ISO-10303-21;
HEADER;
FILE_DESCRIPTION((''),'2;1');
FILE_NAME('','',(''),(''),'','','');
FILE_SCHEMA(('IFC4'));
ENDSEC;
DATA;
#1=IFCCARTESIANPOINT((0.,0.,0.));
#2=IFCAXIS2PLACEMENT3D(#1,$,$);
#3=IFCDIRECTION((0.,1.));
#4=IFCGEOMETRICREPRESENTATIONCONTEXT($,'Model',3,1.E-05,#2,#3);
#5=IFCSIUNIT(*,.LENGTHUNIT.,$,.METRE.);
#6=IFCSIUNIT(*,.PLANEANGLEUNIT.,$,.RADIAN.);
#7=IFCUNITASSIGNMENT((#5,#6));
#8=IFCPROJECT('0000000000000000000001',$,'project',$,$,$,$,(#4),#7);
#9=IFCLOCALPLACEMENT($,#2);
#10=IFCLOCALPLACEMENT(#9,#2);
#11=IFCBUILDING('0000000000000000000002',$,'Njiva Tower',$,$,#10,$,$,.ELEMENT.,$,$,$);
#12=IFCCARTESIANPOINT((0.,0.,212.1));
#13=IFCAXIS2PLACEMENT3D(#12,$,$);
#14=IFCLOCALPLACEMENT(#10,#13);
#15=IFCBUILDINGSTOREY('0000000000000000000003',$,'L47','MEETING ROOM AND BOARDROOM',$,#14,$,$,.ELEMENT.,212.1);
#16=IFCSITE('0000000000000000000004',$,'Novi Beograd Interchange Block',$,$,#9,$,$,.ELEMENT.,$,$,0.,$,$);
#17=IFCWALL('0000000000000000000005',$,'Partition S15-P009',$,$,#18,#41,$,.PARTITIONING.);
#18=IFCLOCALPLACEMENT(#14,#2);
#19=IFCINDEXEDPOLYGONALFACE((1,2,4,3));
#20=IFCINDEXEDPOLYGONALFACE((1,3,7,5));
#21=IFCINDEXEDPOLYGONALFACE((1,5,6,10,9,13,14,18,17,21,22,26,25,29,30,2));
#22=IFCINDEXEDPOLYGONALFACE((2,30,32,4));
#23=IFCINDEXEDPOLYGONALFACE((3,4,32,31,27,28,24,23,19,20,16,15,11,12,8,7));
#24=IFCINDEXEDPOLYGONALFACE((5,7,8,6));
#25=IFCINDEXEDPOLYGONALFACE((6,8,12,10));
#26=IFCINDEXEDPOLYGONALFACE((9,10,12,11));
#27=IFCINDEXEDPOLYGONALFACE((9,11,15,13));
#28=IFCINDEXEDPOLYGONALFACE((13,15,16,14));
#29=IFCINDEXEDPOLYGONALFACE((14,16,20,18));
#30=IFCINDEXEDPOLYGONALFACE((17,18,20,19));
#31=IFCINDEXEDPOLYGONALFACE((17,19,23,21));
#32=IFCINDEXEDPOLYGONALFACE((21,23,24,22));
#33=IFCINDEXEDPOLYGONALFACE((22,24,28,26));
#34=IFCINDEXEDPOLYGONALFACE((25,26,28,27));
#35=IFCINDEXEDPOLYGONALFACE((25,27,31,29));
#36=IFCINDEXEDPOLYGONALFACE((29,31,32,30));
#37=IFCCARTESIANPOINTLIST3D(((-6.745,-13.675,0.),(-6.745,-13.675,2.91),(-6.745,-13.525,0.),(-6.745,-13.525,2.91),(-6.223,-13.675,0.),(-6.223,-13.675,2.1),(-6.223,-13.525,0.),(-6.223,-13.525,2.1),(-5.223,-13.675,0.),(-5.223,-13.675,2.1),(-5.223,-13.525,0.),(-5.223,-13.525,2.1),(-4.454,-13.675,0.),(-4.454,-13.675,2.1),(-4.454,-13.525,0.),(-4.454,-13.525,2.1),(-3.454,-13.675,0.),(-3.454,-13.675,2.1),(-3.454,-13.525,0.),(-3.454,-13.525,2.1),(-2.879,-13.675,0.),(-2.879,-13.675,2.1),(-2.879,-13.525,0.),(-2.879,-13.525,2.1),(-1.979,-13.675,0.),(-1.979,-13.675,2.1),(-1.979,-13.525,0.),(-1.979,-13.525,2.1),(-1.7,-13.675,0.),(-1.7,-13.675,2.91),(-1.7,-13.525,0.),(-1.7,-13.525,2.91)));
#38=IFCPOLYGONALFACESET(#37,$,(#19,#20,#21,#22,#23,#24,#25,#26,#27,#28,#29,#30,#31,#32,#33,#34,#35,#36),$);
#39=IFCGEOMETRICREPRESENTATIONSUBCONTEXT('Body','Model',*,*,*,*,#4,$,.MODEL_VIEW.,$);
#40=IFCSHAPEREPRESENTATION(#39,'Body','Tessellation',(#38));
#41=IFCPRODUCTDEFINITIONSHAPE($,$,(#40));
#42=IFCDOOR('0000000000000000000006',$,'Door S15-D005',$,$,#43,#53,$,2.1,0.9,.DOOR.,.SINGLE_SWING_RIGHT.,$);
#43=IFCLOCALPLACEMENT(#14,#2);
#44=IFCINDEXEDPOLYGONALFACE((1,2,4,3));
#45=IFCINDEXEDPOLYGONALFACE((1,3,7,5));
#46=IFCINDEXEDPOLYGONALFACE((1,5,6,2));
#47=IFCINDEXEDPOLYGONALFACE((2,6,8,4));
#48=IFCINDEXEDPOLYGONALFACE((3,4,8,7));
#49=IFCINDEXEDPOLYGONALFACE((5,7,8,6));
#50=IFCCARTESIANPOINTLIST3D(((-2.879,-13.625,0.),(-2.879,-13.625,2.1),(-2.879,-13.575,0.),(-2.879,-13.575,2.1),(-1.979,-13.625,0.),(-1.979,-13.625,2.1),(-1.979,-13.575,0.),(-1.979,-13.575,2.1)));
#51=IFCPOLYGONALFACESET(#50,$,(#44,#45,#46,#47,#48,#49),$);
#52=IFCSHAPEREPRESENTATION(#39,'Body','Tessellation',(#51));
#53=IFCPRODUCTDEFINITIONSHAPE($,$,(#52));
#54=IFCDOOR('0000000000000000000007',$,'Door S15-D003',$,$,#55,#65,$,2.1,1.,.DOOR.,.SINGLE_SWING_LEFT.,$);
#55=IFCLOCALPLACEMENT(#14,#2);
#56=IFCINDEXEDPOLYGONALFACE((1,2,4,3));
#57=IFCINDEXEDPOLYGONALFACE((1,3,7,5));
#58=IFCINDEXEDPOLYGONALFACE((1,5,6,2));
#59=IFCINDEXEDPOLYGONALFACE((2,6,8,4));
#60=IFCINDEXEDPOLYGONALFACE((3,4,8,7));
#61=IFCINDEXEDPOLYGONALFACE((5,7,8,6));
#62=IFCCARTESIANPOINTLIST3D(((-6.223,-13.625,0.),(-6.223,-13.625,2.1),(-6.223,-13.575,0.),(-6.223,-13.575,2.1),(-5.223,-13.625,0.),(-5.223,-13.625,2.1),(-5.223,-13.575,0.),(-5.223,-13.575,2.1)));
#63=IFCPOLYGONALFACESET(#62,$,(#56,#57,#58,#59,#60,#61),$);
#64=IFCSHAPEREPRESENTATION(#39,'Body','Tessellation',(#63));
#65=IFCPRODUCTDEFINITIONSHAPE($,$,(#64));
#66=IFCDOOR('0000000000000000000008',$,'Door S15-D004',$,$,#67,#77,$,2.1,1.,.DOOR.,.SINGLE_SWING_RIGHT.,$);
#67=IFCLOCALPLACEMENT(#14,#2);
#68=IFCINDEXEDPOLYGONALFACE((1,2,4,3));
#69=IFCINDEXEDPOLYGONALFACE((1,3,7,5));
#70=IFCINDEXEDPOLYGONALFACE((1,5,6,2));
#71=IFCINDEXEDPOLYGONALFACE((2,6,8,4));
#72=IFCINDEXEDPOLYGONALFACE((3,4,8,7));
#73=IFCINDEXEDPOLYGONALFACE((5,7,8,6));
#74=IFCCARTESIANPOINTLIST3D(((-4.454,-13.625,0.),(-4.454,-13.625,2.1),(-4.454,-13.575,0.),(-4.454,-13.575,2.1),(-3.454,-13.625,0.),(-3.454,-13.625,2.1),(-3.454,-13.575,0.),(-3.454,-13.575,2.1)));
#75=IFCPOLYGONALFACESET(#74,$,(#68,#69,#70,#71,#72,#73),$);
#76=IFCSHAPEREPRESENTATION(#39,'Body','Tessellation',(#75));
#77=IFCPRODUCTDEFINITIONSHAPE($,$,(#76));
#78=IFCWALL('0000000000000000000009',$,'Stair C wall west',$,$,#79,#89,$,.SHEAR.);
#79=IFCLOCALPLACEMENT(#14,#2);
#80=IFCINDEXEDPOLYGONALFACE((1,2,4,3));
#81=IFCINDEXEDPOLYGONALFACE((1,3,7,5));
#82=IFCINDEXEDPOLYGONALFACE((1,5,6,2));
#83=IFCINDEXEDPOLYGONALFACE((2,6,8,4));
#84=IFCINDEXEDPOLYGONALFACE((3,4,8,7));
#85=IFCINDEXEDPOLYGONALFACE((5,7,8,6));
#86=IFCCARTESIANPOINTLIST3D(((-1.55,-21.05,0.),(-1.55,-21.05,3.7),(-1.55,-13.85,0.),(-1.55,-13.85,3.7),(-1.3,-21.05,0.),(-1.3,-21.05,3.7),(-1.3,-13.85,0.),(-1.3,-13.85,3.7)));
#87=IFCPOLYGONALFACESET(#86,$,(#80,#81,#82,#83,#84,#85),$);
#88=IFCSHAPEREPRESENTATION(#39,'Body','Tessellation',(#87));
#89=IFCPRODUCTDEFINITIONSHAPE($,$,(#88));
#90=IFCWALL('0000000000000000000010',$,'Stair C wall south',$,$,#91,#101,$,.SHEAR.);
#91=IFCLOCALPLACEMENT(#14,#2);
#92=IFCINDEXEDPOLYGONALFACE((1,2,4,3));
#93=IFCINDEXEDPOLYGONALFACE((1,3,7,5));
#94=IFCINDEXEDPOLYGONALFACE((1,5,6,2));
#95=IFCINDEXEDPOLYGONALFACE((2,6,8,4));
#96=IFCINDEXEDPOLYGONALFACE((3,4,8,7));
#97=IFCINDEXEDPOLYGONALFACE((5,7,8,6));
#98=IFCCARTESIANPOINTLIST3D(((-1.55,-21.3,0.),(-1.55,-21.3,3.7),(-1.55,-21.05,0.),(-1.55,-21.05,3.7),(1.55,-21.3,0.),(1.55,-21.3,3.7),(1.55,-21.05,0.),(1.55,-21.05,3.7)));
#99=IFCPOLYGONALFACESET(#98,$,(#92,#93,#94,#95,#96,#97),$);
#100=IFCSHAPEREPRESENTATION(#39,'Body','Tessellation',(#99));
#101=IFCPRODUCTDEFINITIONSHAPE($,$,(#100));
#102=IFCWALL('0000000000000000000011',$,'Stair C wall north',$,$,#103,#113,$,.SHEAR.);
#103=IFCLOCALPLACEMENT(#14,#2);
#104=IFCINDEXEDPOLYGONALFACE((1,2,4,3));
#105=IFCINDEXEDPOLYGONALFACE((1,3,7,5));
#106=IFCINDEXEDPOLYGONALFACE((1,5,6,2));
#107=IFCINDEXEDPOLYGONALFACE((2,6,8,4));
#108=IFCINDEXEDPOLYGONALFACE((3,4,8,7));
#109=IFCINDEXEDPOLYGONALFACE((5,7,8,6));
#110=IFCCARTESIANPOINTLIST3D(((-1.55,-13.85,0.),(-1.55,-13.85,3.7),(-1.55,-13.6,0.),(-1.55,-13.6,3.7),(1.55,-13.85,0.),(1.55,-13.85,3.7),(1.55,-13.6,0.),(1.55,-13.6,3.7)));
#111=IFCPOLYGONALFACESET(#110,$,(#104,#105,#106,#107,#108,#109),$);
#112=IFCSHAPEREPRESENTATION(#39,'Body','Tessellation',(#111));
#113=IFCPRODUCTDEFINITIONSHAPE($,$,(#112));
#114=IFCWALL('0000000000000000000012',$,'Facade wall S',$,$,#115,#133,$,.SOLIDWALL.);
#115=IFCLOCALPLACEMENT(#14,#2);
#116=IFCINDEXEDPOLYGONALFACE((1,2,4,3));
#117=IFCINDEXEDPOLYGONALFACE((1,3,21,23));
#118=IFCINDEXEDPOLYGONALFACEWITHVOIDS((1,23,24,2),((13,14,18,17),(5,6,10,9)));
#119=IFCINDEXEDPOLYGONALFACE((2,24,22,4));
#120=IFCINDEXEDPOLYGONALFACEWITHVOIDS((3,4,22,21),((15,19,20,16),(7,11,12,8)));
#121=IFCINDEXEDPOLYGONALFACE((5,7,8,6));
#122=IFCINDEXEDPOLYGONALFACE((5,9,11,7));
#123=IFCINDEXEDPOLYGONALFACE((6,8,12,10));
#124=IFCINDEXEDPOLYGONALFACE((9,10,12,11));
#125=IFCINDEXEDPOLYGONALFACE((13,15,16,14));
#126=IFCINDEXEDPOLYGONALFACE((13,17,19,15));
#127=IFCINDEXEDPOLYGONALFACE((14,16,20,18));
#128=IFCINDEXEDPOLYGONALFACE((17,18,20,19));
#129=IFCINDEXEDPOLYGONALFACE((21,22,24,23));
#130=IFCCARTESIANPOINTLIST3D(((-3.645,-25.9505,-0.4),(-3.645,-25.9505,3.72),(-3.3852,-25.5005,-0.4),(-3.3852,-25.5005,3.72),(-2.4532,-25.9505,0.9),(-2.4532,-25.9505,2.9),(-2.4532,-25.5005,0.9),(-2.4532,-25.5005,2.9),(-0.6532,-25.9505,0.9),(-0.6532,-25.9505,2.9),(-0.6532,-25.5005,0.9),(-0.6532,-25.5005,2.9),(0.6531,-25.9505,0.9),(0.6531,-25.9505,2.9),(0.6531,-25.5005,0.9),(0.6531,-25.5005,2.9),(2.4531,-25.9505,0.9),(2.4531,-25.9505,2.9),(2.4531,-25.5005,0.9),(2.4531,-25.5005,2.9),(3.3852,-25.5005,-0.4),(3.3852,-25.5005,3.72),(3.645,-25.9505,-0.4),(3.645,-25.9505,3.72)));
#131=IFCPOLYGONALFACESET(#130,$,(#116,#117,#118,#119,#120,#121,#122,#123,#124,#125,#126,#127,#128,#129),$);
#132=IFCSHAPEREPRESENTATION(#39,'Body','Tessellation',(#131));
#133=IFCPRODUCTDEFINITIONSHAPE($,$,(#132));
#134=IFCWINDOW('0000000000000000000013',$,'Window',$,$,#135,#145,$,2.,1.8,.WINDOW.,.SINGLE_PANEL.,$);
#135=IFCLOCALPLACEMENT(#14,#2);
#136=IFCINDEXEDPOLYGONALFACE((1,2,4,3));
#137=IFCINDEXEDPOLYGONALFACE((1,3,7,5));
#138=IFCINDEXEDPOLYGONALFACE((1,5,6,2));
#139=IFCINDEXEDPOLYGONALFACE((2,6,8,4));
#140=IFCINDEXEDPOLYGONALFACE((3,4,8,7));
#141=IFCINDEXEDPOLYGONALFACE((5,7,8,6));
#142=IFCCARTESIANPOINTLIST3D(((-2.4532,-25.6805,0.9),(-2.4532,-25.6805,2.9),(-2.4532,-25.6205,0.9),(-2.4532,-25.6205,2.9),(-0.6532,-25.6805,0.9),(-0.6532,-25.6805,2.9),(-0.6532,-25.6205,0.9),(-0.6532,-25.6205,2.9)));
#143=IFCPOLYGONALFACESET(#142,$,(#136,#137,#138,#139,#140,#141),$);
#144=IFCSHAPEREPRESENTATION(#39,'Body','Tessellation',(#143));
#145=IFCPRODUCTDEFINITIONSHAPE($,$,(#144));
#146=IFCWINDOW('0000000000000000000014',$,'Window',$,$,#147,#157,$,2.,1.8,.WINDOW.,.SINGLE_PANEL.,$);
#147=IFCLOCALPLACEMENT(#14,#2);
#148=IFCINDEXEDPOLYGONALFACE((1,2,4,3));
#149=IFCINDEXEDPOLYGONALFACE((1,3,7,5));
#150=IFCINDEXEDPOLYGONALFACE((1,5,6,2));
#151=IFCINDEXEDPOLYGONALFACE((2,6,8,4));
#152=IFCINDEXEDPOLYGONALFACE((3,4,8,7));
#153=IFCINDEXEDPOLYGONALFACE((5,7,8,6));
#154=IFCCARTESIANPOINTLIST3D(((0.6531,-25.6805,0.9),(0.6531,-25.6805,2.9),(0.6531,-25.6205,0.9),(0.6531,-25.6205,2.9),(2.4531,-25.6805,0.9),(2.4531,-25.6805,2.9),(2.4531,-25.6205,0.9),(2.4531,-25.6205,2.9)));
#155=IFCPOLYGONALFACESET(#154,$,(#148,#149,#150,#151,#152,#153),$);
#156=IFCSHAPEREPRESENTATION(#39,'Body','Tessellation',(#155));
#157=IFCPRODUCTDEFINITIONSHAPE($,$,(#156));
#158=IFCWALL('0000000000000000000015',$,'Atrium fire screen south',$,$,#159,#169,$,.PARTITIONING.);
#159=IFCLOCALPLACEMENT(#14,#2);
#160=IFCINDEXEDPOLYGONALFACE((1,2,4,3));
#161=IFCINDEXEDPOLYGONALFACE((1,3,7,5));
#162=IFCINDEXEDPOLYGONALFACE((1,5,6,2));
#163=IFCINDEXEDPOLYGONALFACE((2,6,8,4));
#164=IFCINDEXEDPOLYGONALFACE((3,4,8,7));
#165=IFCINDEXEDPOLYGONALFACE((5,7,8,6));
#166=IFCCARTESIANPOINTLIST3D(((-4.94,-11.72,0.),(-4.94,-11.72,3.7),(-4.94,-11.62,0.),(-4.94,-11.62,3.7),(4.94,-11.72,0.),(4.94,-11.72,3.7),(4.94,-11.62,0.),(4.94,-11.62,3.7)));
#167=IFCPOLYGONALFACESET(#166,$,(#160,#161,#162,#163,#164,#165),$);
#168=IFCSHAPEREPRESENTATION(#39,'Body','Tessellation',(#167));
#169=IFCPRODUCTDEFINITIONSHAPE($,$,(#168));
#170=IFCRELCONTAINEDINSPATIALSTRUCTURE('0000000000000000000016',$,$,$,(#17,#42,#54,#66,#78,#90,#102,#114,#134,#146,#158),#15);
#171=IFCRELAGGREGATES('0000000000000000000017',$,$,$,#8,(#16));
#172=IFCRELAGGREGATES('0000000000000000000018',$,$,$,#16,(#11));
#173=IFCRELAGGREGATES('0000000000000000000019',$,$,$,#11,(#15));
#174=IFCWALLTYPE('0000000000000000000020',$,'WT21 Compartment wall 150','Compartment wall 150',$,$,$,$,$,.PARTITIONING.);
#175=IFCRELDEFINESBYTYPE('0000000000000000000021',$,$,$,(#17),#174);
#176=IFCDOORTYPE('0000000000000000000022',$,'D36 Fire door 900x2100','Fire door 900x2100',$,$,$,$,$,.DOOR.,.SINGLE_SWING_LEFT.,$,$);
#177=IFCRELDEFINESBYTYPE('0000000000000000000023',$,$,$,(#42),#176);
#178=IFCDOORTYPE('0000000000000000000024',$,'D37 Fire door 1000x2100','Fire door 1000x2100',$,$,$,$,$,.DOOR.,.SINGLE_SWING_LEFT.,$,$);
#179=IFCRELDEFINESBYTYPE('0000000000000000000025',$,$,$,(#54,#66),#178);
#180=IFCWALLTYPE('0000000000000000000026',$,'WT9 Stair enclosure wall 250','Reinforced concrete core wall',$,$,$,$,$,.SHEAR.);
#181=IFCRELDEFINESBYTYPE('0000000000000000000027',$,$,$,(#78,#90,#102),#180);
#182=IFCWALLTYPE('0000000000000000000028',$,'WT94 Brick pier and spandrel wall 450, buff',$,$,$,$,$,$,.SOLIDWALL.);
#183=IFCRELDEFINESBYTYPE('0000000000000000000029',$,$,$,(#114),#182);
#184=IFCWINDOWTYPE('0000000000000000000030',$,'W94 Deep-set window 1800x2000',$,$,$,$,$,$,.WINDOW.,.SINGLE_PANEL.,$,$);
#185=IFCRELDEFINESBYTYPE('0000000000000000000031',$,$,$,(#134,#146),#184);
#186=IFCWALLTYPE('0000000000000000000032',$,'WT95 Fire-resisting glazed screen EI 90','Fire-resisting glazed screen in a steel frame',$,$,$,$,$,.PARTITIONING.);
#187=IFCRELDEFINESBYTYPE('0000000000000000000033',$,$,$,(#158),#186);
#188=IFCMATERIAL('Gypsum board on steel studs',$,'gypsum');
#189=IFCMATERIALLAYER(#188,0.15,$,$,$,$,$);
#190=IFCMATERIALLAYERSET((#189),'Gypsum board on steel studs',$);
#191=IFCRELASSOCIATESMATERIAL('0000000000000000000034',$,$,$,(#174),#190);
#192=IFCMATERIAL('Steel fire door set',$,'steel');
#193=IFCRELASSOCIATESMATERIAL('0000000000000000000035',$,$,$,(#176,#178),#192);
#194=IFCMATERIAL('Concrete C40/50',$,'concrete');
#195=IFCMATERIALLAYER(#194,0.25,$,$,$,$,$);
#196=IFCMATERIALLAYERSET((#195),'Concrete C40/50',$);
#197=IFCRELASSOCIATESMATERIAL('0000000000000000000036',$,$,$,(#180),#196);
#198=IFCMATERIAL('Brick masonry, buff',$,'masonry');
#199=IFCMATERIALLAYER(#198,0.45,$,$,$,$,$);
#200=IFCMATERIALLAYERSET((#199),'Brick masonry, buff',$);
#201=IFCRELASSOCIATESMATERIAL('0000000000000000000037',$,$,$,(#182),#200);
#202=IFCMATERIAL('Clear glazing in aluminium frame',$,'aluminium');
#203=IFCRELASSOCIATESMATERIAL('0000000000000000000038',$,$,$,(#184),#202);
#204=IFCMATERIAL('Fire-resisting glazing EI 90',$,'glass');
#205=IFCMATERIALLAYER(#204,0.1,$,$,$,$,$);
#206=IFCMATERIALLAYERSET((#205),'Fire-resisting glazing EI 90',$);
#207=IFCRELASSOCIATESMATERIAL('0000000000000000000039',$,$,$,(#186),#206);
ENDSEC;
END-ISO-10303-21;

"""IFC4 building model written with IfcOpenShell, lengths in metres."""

from ifc_helpers import new_model, si_unit, direction, frame, frame_2d, origin, place, context, subcontext, project, spatial, polyline, rectangle, outline, extrude, material, layer, layer_set, type_object, element, fill, save


model = new_model("IFC4")

# Units and contexts
model_context = context("Model", 3, precision=1e-05, world=origin(), true_north=direction((0.0, 1.0)))
body_context = subcontext(model_context, "Body", "Model", "MODEL_VIEW")
ifc_project = project(units=[si_unit("LENGTHUNIT", "METRE"), si_unit("PLANEANGLEUNIT", "RADIAN")], contexts=[model_context])

# Site, building, storey
site_placement = place(None, origin())
site = spatial("IfcSite", under=ifc_project, at=site_placement, Name="Novi Beograd Interchange Block", CompositionType="ELEMENT", RefElevation=0.0)
building_placement = place(site_placement, origin())
building = spatial("IfcBuilding", under=site, at=building_placement, Name="Njiva Tower", CompositionType="ELEMENT")
storey_placement = place(building_placement, frame((0.0, 0.0, 212.1)))
storey = spatial("IfcBuildingStorey", under=building, at=storey_placement, Name="L47", Description="MEETING ROOM AND BOARDROOM", CompositionType="ELEMENT", Elevation=212.1)

# Shared definitions
ifc_material_1 = material(Name="Gypsum board on steel studs", Category="gypsum")
ifc_layer_1 = layer(ifc_material_1, 0.15)
ifc_layer_set_1 = layer_set([ifc_layer_1], Name="Gypsum board on steel studs")
wall_type_1 = type_object("IfcWallType", Name="WT21 Compartment wall 150", Description="Compartment wall 150", PredefinedType="PARTITIONING", material=ifc_layer_set_1)

# Wall, openings, doors
wall_1_placement = place(storey_placement, frame((-6.745, -13.6, 0.0), z_axis=(0.0, 0.0, 1.0), x_axis=(1.0, 0.0, 0.0)))
wall_1 = element("IfcWall", 1, at=wall_1_placement, inside=storey, type_object=wall_type_1, Name="Partition S15-P009", PredefinedType="PARTITIONING", context=body_context, shape_type="SweptSolid", body=[
    extrude(rectangle(XDim=5.045, YDim=0.15, at=frame_2d((2.5225, 0.0))), origin(), (0.0, 0.0, 1.0), 2.91),
])
opening_1_placement = place(wall_1_placement, frame((0.522, 0.0, 0.0)))
opening_1 = element("IfcOpeningElement", 2, at=opening_1_placement, cuts=wall_1, PredefinedType="OPENING", context=body_context, shape_type="SweptSolid", body=[
    extrude(rectangle(XDim=1.0, YDim=2.1, at=frame_2d((0.5, 1.05))), frame((0.0, 0.085, 0.0), z_axis=(0.0, -1.0, 0.0), x_axis=(1.0, 0.0, 0.0)), (0.0, 0.0, 1.0), 0.17),
])
opening_2_placement = place(wall_1_placement, frame((2.291, 0.0, 0.0)))
opening_2 = element("IfcOpeningElement", 3, at=opening_2_placement, cuts=wall_1, PredefinedType="OPENING", context=body_context, shape_type="SweptSolid", body=[
    extrude(rectangle(XDim=1.0, YDim=2.1, at=frame_2d((0.5, 1.05))), frame((0.0, 0.085, 0.0), z_axis=(0.0, -1.0, 0.0), x_axis=(1.0, 0.0, 0.0)), (0.0, 0.0, 1.0), 0.17),
])
opening_3_placement = place(wall_1_placement, frame((3.866, 0.0, 0.0)))
opening_3 = element("IfcOpeningElement", 4, at=opening_3_placement, cuts=wall_1, PredefinedType="OPENING", context=body_context, shape_type="SweptSolid", body=[
    extrude(rectangle(XDim=0.9, YDim=2.1, at=frame_2d((0.45, 1.05))), frame((0.0, 0.085, 0.0), z_axis=(0.0, -1.0, 0.0), x_axis=(1.0, 0.0, 0.0)), (0.0, 0.0, 1.0), 0.17),
])
ifc_material_2 = material(Name="Steel fire door set", Category="steel")
door_type_1 = type_object("IfcDoorType", Name="D36 Fire door 900x2100", Description="Fire door 900x2100", OperationType="SINGLE_SWING_LEFT", PredefinedType="DOOR", material=ifc_material_2)
door_1_placement = place(opening_3_placement, origin())
door_1 = element("IfcDoor", 5, at=door_1_placement, inside=storey, type_object=door_type_1, Name="Door S15-D005", OperationType="SINGLE_SWING_RIGHT", OverallHeight=2.1, OverallWidth=0.9, PredefinedType="DOOR", context=body_context, shape_type="SweptSolid", body=[
    extrude(rectangle(XDim=0.9, YDim=2.1, at=frame_2d((0.45, 1.05))), frame((0.0, 0.025, 0.0), z_axis=(0.0, -1.0, 0.0), x_axis=(1.0, 0.0, 0.0)), (0.0, 0.0, 1.0), 0.05),
])
fill(opening_3, door_1)
door_type_2 = type_object("IfcDoorType", Name="D37 Fire door 1000x2100", Description="Fire door 1000x2100", OperationType="SINGLE_SWING_LEFT", PredefinedType="DOOR", material=ifc_material_2)
door_2_placement = place(opening_1_placement, origin())
door_2 = element("IfcDoor", 6, at=door_2_placement, inside=storey, type_object=door_type_2, Name="Door S15-D003", OperationType="SINGLE_SWING_LEFT", OverallHeight=2.1, OverallWidth=1.0, PredefinedType="DOOR", context=body_context, shape_type="SweptSolid", body=[
    extrude(rectangle(XDim=1.0, YDim=2.1, at=frame_2d((0.5, 1.05))), frame((0.0, 0.025, 0.0), z_axis=(0.0, -1.0, 0.0), x_axis=(1.0, 0.0, 0.0)), (0.0, 0.0, 1.0), 0.05),
])
fill(opening_1, door_2)
door_3_placement = place(opening_2_placement, origin())
door_3 = element("IfcDoor", 7, at=door_3_placement, inside=storey, type_object=door_type_2, Name="Door S15-D004", OperationType="SINGLE_SWING_RIGHT", OverallHeight=2.1, OverallWidth=1.0, PredefinedType="DOOR", context=body_context, shape_type="SweptSolid", body=[
    extrude(rectangle(XDim=1.0, YDim=2.1, at=frame_2d((0.5, 1.05))), frame((0.0, 0.025, 0.0), z_axis=(0.0, -1.0, 0.0), x_axis=(1.0, 0.0, 0.0)), (0.0, 0.0, 1.0), 0.05),
])
fill(opening_2, door_3)

# Walls
ifc_material_3 = material(Name="Concrete C40/50", Category="concrete")
ifc_layer_2 = layer(ifc_material_3, 0.25)
ifc_layer_set_2 = layer_set([ifc_layer_2], Name="Concrete C40/50")
wall_type_2 = type_object("IfcWallType", Name="WT9 Stair enclosure wall 250", Description="Reinforced concrete core wall", PredefinedType="SHEAR", material=ifc_layer_set_2)
wall_2_placement = place(storey_placement, frame((-1.425, -21.05, 0.0), z_axis=(0.0, 0.0, 1.0), x_axis=(0.0, 1.0, 0.0)))
element("IfcWall", 8, at=wall_2_placement, inside=storey, type_object=wall_type_2, Name="Stair C wall west", PredefinedType="SHEAR", context=body_context, shape_type="SweptSolid", body=[
    extrude(rectangle(XDim=7.2, YDim=0.25, at=frame_2d((3.6, 0.0))), origin(), (0.0, 0.0, 1.0), 3.7),
])
for number, where, z_axis, x_axis, name in (
    (9, (-1.55, -21.175, 0.0), (0.0, 0.0, 1.0), (1.0, 0.0, 0.0), "Stair C wall south"),
    (10, (-1.55, -13.725, 0.0), (0.0, 0.0, 1.0), (1.0, 0.0, 0.0), "Stair C wall north"),
):
    element("IfcWall", number, at=place(storey_placement, frame(where, z_axis=z_axis, x_axis=x_axis)), inside=storey, type_object=wall_type_2, Name=name, PredefinedType="SHEAR", context=body_context, shape_type="SweptSolid", body=[
        extrude(rectangle(XDim=3.1, YDim=0.25, at=frame_2d((1.55, 0.0))), origin(), (0.0, 0.0, 1.0), 3.7),
    ])

# Wall, openings, windows
ifc_material_4 = material(Name="Brick masonry, buff", Category="masonry")
ifc_layer_3 = layer(ifc_material_4, 0.45)
ifc_layer_set_3 = layer_set([ifc_layer_3], Name="Brick masonry, buff")
wall_type_3 = type_object("IfcWallType", Name="WT94 Brick pier and spandrel wall 450, buff", PredefinedType="SOLIDWALL", material=ifc_layer_set_3)
wall_3_placement = place(storey_placement, frame((-3.5151, -25.7255, -0.4), z_axis=(0.0, 0.0, 1.0), x_axis=(1.0, 0.0, 0.0)))
wall_3 = element("IfcWall", 11, at=wall_3_placement, inside=storey, type_object=wall_type_3, Name="Facade wall S", PredefinedType="SOLIDWALL", context=body_context, shape_type="SweptSolid", body=[
    extrude(outline(polyline([(-0.1299, -0.225), (7.1601, -0.225), (6.9003, 0.225), (0.1299, 0.225), (-0.1299, -0.225)])), origin(), (0.0, 0.0, 1.0), 4.12),
])
opening_4_placement = place(wall_3_placement, frame((1.0619, 0.0, 1.3)))
opening_4 = element("IfcOpeningElement", 12, at=opening_4_placement, cuts=wall_3, PredefinedType="OPENING", context=body_context, shape_type="SweptSolid", body=[
    extrude(rectangle(XDim=1.8, YDim=2.0, at=frame_2d((0.9, 1.0))), frame((0.0, 0.235, 0.0), z_axis=(0.0, -1.0, 0.0), x_axis=(1.0, 0.0, 0.0)), (0.0, 0.0, 1.0), 0.47),
])
opening_5_placement = place(wall_3_placement, frame((4.1682, 0.0, 1.3)))
opening_5 = element("IfcOpeningElement", 13, at=opening_5_placement, cuts=wall_3, PredefinedType="OPENING", context=body_context, shape_type="SweptSolid", body=[
    extrude(rectangle(XDim=1.8, YDim=2.0, at=frame_2d((0.9, 1.0))), frame((0.0, 0.235, 0.0), z_axis=(0.0, -1.0, 0.0), x_axis=(1.0, 0.0, 0.0)), (0.0, 0.0, 1.0), 0.47),
])
ifc_material_5 = material(Name="Clear glazing in aluminium frame", Category="aluminium")
window_type = type_object("IfcWindowType", Name="W94 Deep-set window 1800x2000", PartitioningType="SINGLE_PANEL", PredefinedType="WINDOW", material=ifc_material_5)
window_1_placement = place(opening_4_placement, origin())
window_1 = element("IfcWindow", 14, at=window_1_placement, inside=storey, type_object=window_type, Name="Window", OverallHeight=2.0, OverallWidth=1.8, PartitioningType="SINGLE_PANEL", PredefinedType="WINDOW", context=body_context, shape_type="SweptSolid", body=[
    extrude(rectangle(XDim=1.8, YDim=2.0, at=frame_2d((0.9, 1.0))), frame((0.0, 0.105, 0.0), z_axis=(0.0, -1.0, 0.0), x_axis=(1.0, 0.0, 0.0)), (0.0, 0.0, 1.0), 0.06),
])
fill(opening_4, window_1)
window_2_placement = place(opening_5_placement, origin())
window_2 = element("IfcWindow", 15, at=window_2_placement, inside=storey, type_object=window_type, Name="Window", OverallHeight=2.0, OverallWidth=1.8, PartitioningType="SINGLE_PANEL", PredefinedType="WINDOW", context=body_context, shape_type="SweptSolid", body=[
    extrude(rectangle(XDim=1.8, YDim=2.0, at=frame_2d((0.9, 1.0))), frame((0.0, 0.105, 0.0), z_axis=(0.0, -1.0, 0.0), x_axis=(1.0, 0.0, 0.0)), (0.0, 0.0, 1.0), 0.06),
])
fill(opening_5, window_2)

# Wall
ifc_material_6 = material(Name="Fire-resisting glazing EI 90", Category="glass")
ifc_layer_4 = layer(ifc_material_6, 0.1)
ifc_layer_set_4 = layer_set([ifc_layer_4], Name="Fire-resisting glazing EI 90")
wall_type_4 = type_object("IfcWallType", Name="WT95 Fire-resisting glazed screen EI 90", Description="Fire-resisting glazed screen in a steel frame", PredefinedType="PARTITIONING", material=ifc_layer_set_4)
wall_4_placement = place(storey_placement, frame((-4.94, -11.67, 0.0), z_axis=(0.0, 0.0, 1.0), x_axis=(1.0, 0.0, 0.0)))
element("IfcWall", 16, at=wall_4_placement, inside=storey, type_object=wall_type_4, Name="Atrium fire screen south", PredefinedType="PARTITIONING", context=body_context, shape_type="SweptSolid", body=[
    extrude(rectangle(XDim=9.88, YDim=0.1, at=frame_2d((4.94, 0.0))), origin(), (0.0, 0.0, 1.0), 3.7),
])

save(model, "model.ifc")
